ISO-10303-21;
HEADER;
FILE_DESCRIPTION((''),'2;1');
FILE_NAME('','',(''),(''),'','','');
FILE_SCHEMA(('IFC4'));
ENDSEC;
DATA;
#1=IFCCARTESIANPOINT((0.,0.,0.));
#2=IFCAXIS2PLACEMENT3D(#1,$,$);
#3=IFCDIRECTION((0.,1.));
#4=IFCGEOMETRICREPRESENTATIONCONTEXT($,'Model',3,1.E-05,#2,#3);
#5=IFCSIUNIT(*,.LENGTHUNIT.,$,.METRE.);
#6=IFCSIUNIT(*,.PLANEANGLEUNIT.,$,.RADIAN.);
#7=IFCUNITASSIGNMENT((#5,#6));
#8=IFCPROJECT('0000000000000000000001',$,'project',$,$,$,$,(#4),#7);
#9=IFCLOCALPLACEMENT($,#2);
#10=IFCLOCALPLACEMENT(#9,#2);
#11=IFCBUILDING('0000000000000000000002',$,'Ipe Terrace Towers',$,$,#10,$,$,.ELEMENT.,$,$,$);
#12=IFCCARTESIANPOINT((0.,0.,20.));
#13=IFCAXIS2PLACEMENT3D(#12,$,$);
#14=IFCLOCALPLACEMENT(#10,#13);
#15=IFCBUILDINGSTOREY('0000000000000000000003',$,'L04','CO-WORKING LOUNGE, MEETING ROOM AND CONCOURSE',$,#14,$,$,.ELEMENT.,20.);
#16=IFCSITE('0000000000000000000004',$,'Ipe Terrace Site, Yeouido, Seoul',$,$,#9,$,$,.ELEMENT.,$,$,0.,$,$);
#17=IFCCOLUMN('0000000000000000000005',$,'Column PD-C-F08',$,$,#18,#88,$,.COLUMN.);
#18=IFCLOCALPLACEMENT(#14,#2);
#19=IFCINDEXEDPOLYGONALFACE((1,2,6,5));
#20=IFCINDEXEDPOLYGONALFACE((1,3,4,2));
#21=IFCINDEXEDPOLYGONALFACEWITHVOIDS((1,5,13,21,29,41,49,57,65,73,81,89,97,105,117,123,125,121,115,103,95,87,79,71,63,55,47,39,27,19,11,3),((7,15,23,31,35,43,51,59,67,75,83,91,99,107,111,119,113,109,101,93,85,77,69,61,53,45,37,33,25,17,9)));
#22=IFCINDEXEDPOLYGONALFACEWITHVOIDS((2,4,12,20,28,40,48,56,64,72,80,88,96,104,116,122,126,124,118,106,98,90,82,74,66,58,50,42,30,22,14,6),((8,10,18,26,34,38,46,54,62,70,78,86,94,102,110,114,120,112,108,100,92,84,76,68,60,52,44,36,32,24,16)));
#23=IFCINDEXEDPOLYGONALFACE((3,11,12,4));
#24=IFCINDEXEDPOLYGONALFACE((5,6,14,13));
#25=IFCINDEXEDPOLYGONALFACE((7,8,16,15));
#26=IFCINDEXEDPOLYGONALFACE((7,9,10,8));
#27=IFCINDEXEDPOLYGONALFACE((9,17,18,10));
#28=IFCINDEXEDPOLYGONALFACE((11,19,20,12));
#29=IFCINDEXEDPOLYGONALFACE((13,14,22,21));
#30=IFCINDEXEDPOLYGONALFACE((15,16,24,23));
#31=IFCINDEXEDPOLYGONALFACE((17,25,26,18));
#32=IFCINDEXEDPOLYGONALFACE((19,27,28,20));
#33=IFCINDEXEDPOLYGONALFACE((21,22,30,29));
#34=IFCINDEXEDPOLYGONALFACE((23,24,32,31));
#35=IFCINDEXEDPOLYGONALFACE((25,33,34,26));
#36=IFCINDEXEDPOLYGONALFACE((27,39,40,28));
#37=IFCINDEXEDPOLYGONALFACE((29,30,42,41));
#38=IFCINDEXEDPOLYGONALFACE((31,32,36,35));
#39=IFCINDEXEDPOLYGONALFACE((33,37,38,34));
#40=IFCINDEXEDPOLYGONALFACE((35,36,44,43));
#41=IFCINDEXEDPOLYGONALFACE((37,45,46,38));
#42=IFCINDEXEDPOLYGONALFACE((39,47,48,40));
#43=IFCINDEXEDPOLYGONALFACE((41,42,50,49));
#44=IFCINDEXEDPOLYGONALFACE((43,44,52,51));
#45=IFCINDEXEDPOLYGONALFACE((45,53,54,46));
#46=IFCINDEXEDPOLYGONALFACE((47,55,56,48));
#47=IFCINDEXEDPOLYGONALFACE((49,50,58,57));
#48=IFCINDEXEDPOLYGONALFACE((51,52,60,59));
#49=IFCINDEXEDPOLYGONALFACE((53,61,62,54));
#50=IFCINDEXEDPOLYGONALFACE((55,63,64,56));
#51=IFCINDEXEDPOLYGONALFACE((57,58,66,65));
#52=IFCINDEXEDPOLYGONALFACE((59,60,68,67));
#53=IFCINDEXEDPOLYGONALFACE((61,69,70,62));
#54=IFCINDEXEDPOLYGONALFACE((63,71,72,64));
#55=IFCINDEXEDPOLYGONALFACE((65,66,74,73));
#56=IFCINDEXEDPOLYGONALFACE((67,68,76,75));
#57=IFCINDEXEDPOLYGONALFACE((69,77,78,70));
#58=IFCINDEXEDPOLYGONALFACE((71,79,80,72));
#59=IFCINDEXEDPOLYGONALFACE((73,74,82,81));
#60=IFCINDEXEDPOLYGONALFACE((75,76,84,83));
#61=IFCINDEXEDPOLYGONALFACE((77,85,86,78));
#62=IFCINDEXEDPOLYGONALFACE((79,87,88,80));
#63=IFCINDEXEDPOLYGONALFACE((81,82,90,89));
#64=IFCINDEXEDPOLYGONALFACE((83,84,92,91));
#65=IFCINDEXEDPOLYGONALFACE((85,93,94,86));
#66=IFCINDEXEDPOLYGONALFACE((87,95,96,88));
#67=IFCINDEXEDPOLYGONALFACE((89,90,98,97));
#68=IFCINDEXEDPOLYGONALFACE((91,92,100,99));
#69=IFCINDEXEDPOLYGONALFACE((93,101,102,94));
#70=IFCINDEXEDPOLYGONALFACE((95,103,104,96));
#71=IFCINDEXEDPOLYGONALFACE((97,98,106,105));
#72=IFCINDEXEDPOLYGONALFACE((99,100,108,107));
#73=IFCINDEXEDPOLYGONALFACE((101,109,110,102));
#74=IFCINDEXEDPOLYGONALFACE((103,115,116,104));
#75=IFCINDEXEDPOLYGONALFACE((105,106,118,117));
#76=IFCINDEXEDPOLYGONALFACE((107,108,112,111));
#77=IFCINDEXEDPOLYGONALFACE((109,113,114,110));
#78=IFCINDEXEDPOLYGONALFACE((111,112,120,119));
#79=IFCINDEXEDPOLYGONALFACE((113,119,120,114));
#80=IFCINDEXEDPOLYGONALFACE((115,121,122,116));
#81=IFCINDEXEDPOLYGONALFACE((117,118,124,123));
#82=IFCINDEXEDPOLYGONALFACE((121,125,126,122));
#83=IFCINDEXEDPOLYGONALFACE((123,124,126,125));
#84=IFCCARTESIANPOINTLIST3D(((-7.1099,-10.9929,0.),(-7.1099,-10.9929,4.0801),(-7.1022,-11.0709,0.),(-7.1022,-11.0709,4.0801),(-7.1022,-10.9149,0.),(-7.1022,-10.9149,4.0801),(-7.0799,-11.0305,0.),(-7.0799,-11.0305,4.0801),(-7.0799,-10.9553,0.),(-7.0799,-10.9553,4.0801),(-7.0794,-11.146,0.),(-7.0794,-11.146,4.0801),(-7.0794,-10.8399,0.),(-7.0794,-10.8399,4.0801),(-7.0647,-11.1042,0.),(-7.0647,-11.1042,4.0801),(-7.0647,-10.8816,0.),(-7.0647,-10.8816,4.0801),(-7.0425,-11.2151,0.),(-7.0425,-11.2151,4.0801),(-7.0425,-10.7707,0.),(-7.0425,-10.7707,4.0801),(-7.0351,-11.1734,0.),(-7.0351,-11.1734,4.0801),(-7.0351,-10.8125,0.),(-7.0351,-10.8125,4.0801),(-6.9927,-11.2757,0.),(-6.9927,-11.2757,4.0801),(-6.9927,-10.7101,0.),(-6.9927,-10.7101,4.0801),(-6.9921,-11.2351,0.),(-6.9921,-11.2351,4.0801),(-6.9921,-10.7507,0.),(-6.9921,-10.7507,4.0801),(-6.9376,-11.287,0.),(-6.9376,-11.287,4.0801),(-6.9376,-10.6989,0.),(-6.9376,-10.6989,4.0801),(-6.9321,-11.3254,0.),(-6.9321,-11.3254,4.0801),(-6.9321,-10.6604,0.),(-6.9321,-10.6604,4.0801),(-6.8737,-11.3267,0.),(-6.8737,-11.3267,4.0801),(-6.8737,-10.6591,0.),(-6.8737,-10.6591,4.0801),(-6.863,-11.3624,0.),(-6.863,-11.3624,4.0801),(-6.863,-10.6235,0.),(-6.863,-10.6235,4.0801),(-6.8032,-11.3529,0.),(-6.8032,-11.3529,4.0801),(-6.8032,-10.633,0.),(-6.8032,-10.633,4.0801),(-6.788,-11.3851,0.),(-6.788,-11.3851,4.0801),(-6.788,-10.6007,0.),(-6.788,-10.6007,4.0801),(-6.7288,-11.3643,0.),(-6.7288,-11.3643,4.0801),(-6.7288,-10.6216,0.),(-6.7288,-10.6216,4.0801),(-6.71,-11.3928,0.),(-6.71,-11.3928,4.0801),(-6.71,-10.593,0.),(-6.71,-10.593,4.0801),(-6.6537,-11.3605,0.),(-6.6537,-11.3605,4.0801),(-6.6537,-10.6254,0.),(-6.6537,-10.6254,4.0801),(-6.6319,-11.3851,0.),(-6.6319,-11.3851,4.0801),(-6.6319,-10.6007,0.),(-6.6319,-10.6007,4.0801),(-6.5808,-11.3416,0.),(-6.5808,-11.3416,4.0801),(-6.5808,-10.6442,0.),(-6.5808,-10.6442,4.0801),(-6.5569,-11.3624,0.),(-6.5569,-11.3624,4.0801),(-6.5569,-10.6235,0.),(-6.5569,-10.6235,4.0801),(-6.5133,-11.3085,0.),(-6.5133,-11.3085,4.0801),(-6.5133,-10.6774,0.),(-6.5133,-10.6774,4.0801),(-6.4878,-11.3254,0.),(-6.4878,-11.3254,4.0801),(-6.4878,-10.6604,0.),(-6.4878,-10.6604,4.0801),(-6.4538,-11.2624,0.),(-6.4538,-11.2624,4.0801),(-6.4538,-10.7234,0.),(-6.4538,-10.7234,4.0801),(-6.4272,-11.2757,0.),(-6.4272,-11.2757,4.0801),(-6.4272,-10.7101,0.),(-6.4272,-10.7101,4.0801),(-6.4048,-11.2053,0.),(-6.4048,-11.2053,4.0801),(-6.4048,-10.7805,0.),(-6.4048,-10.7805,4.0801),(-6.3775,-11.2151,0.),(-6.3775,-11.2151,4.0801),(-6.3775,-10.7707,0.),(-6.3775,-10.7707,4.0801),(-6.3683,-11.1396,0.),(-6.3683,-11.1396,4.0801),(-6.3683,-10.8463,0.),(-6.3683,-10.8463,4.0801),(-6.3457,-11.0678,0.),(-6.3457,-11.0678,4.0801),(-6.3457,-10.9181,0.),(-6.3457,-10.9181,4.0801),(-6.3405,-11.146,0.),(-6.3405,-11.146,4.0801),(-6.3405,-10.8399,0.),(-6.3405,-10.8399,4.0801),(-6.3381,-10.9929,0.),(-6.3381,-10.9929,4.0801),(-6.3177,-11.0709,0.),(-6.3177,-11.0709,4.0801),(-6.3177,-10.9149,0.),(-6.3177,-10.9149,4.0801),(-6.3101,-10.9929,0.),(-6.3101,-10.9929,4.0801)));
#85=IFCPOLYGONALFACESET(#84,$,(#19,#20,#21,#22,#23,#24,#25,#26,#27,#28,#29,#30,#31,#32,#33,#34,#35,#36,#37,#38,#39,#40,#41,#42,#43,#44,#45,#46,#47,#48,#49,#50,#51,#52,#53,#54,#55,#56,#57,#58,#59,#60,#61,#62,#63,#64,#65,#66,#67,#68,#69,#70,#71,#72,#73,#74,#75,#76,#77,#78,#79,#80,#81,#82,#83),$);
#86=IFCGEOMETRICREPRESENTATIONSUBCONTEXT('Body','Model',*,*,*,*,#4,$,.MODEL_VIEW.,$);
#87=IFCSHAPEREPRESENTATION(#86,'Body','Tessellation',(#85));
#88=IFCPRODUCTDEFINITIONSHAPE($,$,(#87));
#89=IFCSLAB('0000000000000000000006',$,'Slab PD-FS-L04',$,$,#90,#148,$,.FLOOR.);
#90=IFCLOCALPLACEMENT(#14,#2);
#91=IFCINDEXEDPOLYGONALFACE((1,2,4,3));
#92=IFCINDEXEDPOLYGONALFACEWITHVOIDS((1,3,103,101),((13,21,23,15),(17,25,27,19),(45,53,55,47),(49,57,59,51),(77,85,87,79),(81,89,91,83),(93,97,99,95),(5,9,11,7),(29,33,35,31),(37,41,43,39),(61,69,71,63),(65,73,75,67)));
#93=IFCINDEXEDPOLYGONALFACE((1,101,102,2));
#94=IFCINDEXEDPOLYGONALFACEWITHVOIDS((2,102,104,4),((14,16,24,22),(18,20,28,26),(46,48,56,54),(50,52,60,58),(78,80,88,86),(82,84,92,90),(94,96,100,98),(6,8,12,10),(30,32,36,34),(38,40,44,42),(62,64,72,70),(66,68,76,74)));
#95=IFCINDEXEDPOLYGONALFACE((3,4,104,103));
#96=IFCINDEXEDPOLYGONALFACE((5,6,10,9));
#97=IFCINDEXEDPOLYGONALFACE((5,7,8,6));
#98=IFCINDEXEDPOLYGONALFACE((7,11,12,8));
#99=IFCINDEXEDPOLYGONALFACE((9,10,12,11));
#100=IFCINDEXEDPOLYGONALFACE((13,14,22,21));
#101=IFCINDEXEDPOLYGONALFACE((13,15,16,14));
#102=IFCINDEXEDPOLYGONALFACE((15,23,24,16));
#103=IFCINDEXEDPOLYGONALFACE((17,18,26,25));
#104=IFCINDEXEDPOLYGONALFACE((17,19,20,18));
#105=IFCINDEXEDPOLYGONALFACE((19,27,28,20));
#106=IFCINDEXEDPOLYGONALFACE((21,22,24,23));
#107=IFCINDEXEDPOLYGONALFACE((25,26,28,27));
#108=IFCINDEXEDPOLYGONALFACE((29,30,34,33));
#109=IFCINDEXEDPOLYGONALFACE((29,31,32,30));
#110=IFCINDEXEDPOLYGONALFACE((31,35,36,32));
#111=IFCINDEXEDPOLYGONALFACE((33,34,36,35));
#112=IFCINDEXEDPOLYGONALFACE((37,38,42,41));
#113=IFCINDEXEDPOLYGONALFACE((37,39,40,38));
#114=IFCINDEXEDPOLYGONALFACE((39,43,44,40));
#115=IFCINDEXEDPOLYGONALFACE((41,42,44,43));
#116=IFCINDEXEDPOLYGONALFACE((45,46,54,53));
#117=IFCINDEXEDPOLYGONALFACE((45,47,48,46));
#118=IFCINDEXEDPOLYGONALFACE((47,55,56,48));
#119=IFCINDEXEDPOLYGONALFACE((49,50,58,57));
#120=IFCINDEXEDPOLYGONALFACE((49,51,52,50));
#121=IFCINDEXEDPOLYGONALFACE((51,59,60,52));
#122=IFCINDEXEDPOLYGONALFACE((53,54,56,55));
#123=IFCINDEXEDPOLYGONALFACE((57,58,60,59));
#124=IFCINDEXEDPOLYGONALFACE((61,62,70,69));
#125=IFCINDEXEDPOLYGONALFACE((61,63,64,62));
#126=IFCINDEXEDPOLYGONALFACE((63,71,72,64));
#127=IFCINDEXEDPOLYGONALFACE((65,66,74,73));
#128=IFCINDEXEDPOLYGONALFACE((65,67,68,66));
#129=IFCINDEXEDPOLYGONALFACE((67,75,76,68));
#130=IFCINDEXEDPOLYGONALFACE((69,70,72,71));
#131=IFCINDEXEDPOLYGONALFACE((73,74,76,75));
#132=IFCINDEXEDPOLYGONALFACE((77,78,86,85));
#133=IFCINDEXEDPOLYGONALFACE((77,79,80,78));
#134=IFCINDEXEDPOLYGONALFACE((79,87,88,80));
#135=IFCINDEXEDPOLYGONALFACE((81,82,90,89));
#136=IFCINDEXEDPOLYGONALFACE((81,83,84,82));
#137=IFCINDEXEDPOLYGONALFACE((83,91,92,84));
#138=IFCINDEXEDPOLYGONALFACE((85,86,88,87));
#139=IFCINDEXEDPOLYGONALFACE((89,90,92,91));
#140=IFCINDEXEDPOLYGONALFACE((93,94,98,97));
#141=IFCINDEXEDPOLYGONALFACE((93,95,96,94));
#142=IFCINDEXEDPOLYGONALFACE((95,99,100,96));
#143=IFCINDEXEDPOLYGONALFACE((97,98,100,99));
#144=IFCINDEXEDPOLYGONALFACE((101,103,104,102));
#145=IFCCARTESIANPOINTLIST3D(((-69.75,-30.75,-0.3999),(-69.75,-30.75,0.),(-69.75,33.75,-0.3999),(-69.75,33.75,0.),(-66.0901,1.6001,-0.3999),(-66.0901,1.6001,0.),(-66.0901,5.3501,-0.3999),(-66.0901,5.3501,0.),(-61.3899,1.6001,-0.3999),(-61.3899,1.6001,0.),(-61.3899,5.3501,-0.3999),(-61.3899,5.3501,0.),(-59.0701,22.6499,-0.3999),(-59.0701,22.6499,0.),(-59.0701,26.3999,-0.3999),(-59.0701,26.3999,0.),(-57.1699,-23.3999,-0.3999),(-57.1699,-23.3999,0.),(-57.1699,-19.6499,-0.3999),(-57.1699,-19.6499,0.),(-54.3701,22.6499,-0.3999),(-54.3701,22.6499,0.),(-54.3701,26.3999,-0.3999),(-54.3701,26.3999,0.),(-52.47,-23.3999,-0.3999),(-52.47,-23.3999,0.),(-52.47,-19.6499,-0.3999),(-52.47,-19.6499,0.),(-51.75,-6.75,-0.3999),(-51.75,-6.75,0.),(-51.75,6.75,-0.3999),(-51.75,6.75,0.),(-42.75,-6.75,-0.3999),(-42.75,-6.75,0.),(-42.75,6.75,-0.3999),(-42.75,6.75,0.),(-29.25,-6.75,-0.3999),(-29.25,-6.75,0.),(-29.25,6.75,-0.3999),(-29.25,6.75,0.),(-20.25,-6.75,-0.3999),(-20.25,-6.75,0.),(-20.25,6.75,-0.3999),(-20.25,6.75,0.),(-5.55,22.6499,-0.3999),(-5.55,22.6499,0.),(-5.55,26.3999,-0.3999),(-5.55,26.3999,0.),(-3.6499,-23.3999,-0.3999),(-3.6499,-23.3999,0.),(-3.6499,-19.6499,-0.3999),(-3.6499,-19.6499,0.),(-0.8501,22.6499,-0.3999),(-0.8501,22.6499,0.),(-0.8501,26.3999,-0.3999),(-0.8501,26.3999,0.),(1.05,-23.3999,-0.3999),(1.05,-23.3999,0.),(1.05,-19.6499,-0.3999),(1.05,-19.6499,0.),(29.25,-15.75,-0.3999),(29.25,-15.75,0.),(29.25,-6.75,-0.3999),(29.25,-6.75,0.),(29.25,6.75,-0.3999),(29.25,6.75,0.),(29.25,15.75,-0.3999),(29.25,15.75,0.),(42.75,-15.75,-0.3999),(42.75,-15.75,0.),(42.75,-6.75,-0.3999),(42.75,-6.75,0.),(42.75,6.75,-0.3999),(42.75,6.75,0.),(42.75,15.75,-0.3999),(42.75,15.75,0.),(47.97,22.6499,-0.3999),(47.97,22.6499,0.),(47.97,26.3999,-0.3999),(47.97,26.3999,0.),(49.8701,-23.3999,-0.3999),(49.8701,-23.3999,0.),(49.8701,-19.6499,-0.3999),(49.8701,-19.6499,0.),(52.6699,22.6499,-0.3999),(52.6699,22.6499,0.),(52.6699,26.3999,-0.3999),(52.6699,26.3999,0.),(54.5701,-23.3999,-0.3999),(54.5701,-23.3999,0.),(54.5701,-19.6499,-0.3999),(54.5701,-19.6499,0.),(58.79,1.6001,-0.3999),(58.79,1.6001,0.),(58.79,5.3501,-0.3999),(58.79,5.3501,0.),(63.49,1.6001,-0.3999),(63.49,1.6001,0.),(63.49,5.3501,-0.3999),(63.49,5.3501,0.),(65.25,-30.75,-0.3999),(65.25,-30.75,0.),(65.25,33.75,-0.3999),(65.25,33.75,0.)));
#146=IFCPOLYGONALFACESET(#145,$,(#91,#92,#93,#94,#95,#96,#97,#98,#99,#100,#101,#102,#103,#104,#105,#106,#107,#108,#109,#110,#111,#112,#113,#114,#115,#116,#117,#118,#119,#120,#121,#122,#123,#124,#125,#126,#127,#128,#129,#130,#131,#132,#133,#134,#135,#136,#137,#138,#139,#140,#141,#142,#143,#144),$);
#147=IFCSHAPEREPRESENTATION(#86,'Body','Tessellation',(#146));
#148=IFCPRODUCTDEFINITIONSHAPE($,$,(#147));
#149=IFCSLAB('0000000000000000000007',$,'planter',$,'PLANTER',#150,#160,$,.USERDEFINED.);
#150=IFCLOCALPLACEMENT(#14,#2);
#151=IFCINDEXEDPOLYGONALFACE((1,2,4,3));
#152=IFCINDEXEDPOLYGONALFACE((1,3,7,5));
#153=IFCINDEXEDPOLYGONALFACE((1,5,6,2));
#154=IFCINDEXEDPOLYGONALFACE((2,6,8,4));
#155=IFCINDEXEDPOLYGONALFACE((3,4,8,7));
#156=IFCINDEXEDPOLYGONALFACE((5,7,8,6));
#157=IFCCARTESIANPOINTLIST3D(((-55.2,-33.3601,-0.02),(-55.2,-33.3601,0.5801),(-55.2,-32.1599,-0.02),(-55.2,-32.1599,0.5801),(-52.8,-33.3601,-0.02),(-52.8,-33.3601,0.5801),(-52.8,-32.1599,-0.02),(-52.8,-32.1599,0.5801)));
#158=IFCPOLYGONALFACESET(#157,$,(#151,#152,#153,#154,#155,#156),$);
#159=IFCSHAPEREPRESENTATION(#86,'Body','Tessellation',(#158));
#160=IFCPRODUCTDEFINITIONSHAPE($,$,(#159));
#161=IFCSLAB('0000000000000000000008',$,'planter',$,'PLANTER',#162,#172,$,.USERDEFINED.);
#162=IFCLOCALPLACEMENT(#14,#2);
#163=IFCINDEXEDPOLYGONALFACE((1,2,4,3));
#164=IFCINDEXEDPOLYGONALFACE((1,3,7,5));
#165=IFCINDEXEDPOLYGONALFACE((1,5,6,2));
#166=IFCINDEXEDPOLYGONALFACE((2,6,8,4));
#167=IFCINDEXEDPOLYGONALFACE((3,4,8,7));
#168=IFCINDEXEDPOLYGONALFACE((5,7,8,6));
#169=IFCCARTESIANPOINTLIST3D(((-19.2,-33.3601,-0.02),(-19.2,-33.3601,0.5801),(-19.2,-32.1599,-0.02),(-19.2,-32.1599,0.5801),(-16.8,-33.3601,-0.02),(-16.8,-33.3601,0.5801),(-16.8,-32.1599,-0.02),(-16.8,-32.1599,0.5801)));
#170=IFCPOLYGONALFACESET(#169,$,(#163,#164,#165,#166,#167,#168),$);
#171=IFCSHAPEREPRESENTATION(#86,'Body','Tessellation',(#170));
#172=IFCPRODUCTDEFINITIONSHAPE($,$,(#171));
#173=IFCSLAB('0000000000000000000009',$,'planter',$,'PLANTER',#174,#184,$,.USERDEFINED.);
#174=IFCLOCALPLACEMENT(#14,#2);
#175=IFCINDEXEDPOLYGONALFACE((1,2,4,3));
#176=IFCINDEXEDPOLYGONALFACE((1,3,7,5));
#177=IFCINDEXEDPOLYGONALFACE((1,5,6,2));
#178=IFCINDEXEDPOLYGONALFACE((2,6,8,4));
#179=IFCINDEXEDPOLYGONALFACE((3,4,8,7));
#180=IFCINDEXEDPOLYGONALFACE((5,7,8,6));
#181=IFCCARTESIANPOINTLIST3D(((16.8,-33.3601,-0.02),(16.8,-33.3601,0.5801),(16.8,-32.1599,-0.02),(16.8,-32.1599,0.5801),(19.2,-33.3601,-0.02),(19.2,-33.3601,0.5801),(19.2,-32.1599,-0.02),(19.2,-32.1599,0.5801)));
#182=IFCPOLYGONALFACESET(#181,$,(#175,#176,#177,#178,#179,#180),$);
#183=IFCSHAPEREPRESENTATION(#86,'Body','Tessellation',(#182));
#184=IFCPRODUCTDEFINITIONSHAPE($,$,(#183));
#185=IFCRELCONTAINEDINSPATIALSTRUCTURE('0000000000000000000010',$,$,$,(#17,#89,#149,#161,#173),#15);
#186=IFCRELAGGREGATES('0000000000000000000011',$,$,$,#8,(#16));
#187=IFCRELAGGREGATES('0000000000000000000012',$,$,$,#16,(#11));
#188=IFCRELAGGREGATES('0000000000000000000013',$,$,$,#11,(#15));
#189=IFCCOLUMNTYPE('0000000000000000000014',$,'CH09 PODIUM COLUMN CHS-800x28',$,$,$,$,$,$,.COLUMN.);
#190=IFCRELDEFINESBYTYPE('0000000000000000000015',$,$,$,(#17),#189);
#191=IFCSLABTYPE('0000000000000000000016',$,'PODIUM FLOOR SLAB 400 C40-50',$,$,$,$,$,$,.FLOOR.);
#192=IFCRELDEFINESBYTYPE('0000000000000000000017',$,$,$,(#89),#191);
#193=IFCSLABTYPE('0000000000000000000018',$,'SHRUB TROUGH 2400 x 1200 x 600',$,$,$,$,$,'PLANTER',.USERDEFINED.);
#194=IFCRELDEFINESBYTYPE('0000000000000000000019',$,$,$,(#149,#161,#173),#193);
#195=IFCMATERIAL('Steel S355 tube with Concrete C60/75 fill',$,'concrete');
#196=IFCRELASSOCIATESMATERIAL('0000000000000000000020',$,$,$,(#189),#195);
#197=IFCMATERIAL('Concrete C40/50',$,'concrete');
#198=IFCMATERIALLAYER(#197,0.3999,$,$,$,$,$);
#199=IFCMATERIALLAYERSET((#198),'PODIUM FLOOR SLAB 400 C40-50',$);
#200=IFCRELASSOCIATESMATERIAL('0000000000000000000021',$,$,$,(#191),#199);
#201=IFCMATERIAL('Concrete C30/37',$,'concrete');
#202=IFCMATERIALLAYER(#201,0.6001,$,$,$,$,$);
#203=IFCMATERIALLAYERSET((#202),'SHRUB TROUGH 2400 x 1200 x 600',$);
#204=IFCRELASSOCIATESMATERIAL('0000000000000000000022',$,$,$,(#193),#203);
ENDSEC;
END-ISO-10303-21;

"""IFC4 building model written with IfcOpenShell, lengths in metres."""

from ifc_helpers import new_model, si_unit, direction, frame, origin, origin_2d, place, context, subcontext, project, spatial, polyline, hollow_circle, outline, extrude, material, layer, layer_set, material_profile, profile_set, type_object, element, save


model = new_model("IFC4")

# Units and contexts
model_context = context("Model", 3, precision=1e-05, world=origin(), true_north=direction((0.0, 1.0)))
body_context = subcontext(model_context, "Body", "Model", "MODEL_VIEW")
ifc_project = project(units=[si_unit("LENGTHUNIT", "METRE"), si_unit("PLANEANGLEUNIT", "RADIAN")], contexts=[model_context])

# Site, building, storey
site_placement = place(None, origin())
site = spatial("IfcSite", under=ifc_project, at=site_placement, Name="Ipe Terrace Site, Yeouido, Seoul", CompositionType="ELEMENT", RefElevation=0.0)
building_placement = place(site_placement, origin())
building = spatial("IfcBuilding", under=site, at=building_placement, Name="Ipe Terrace Towers", CompositionType="ELEMENT")
storey_placement = place(building_placement, frame((0.0, 0.0, 20.0)))
storey = spatial("IfcBuildingStorey", under=building, at=storey_placement, Name="L04", Description="CO-WORKING LOUNGE, MEETING ROOM AND CONCOURSE", CompositionType="ELEMENT", Elevation=20.0)

# Column
ifc_material_1 = material(Name="Steel S355 tube with Concrete C60/75 fill", Category="concrete")
ifc_material_profile_1 = material_profile(ifc_material_1, hollow_circle(Radius=0.3999, WallThickness=0.0281, at=origin_2d()), Name="CHS-800x28")
ifc_profile_set_1 = profile_set([ifc_material_profile_1], Name="Steel S355 tube with Concrete C60/75 fill")
column_type_1 = type_object("IfcColumnType", Name="CH09 PODIUM COLUMN CHS-800x28", PredefinedType="COLUMN", material=ifc_profile_set_1)
for number, where, z_axis, x_axis, name in (
    (1, (-6.71, -10.9929, 0.0), (0.0, 0.0, 1.0), (1.0, 0.0, 0.0), "Column PD-C-F08"),
):
    element("IfcColumn", number, at=place(storey_placement, frame(where, z_axis=z_axis, x_axis=x_axis)), inside=storey, type_object=column_type_1, Name=name, PredefinedType="COLUMN", context=body_context, shape_type="SweptSolid", body=[
        extrude(hollow_circle(Radius=0.3999, WallThickness=0.0281, at=origin_2d()), origin(), (0.0, 0.0, 1.0), 4.0801),
    ])

# Slabs
ifc_material_2 = material(Name="Concrete C40/50", Category="concrete")
ifc_layer_1 = layer(ifc_material_2, 0.3999)
ifc_layer_set_1 = layer_set([ifc_layer_1], Name="PODIUM FLOOR SLAB 400 C40-50")
slab_type_1 = type_object("IfcSlabType", Name="PODIUM FLOOR SLAB 400 C40-50", PredefinedType="FLOOR", material=ifc_layer_set_1)
slab_1_placement = place(storey_placement, frame((0.0, 0.0, -0.3999)))
element("IfcSlab", 2, at=slab_1_placement, inside=storey, type_object=slab_type_1, Name="Slab PD-FS-L04", PredefinedType="FLOOR", context=body_context, shape_type="SweptSolid", body=[
    extrude(outline(polyline([(-69.75, -30.75), (-69.75, 33.75), (65.25, 33.75), (65.25, -30.75), (-69.75, -30.75)]), holes=[polyline([(-20.25, -6.75), (-20.25, 6.75), (-29.25, 6.75), (-29.25, -6.75), (-20.25, -6.75)]), polyline([(-51.75, -6.75), (-42.75, -6.75), (-42.75, 6.75), (-51.75, 6.75), (-51.75, -6.75)]), polyline([(29.25, 15.75), (29.25, 6.75), (42.75, 6.75), (42.75, 15.75), (29.25, 15.75)]), polyline([(42.75, -6.75), (29.25, -6.75), (29.25, -15.75), (42.75, -15.75), (42.75, -6.75)]), polyline([(-52.47, -19.6499), (-57.1699, -19.6499), (-57.1699, -23.3999), (-52.47, -23.3999), (-52.47, -19.6499)]), polyline([(1.05, -19.6499), (-3.6499, -19.6499), (-3.6499, -23.3999), (1.05, -23.3999), (1.05, -19.6499)]), polyline([(54.5701, -19.6499), (49.8701, -19.6499), (49.8701, -23.3999), (54.5701, -23.3999), (54.5701, -19.6499)]), polyline([(-61.3899, 5.3501), (-66.0901, 5.3501), (-66.0901, 1.6001), (-61.3899, 1.6001), (-61.3899, 5.3501)]), polyline([(63.49, 5.3501), (58.79, 5.3501), (58.79, 1.6001), (63.49, 1.6001), (63.49, 5.3501)]), polyline([(-59.0701, 22.6499), (-54.3701, 22.6499), (-54.3701, 26.3999), (-59.0701, 26.3999), (-59.0701, 22.6499)]), polyline([(-5.55, 22.6499), (-0.8501, 22.6499), (-0.8501, 26.3999), (-5.55, 26.3999), (-5.55, 22.6499)]), polyline([(47.97, 22.6499), (52.6699, 22.6499), (52.6699, 26.3999), (47.97, 26.3999), (47.97, 22.6499)])]), origin(), (0.0, 0.0, 1.0), 0.3999),
])
ifc_material_3 = material(Name="Concrete C30/37", Category="concrete")
ifc_layer_2 = layer(ifc_material_3, 0.6001)
ifc_layer_set_2 = layer_set([ifc_layer_2], Name="SHRUB TROUGH 2400 x 1200 x 600")
slab_type_2 = type_object("IfcSlabType", Name="SHRUB TROUGH 2400 x 1200 x 600", ElementType="PLANTER", PredefinedType="USERDEFINED", material=ifc_layer_set_2)
slab_2_placement = place(storey_placement, frame((0.0, 0.0, -0.02)))
element("IfcSlab", 3, at=slab_2_placement, inside=storey, type_object=slab_type_2, Name="planter", ObjectType="PLANTER", PredefinedType="USERDEFINED", context=body_context, shape_type="SweptSolid", body=[
    extrude(outline(polyline([(-55.2, -33.3601), (-52.8, -33.3601), (-52.8, -32.1599), (-55.2, -32.1599), (-55.2, -33.3601)])), origin(), (0.0, 0.0, 1.0), 0.6001),
])
slab_3_placement = place(storey_placement, frame((0.0, 0.0, -0.02)))
element("IfcSlab", 4, at=slab_3_placement, inside=storey, type_object=slab_type_2, Name="planter", ObjectType="PLANTER", PredefinedType="USERDEFINED", context=body_context, shape_type="SweptSolid", body=[
    extrude(outline(polyline([(-19.2, -33.3601), (-16.8, -33.3601), (-16.8, -32.1599), (-19.2, -32.1599), (-19.2, -33.3601)])), origin(), (0.0, 0.0, 1.0), 0.6001),
])
slab_4_placement = place(storey_placement, frame((0.0, 0.0, -0.02)))
element("IfcSlab", 5, at=slab_4_placement, inside=storey, type_object=slab_type_2, Name="planter", ObjectType="PLANTER", PredefinedType="USERDEFINED", context=body_context, shape_type="SweptSolid", body=[
    extrude(outline(polyline([(16.8, -33.3601), (19.2, -33.3601), (19.2, -32.1599), (16.8, -32.1599), (16.8, -33.3601)])), origin(), (0.0, 0.0, 1.0), 0.6001),
])

save(model, "model.ifc")
